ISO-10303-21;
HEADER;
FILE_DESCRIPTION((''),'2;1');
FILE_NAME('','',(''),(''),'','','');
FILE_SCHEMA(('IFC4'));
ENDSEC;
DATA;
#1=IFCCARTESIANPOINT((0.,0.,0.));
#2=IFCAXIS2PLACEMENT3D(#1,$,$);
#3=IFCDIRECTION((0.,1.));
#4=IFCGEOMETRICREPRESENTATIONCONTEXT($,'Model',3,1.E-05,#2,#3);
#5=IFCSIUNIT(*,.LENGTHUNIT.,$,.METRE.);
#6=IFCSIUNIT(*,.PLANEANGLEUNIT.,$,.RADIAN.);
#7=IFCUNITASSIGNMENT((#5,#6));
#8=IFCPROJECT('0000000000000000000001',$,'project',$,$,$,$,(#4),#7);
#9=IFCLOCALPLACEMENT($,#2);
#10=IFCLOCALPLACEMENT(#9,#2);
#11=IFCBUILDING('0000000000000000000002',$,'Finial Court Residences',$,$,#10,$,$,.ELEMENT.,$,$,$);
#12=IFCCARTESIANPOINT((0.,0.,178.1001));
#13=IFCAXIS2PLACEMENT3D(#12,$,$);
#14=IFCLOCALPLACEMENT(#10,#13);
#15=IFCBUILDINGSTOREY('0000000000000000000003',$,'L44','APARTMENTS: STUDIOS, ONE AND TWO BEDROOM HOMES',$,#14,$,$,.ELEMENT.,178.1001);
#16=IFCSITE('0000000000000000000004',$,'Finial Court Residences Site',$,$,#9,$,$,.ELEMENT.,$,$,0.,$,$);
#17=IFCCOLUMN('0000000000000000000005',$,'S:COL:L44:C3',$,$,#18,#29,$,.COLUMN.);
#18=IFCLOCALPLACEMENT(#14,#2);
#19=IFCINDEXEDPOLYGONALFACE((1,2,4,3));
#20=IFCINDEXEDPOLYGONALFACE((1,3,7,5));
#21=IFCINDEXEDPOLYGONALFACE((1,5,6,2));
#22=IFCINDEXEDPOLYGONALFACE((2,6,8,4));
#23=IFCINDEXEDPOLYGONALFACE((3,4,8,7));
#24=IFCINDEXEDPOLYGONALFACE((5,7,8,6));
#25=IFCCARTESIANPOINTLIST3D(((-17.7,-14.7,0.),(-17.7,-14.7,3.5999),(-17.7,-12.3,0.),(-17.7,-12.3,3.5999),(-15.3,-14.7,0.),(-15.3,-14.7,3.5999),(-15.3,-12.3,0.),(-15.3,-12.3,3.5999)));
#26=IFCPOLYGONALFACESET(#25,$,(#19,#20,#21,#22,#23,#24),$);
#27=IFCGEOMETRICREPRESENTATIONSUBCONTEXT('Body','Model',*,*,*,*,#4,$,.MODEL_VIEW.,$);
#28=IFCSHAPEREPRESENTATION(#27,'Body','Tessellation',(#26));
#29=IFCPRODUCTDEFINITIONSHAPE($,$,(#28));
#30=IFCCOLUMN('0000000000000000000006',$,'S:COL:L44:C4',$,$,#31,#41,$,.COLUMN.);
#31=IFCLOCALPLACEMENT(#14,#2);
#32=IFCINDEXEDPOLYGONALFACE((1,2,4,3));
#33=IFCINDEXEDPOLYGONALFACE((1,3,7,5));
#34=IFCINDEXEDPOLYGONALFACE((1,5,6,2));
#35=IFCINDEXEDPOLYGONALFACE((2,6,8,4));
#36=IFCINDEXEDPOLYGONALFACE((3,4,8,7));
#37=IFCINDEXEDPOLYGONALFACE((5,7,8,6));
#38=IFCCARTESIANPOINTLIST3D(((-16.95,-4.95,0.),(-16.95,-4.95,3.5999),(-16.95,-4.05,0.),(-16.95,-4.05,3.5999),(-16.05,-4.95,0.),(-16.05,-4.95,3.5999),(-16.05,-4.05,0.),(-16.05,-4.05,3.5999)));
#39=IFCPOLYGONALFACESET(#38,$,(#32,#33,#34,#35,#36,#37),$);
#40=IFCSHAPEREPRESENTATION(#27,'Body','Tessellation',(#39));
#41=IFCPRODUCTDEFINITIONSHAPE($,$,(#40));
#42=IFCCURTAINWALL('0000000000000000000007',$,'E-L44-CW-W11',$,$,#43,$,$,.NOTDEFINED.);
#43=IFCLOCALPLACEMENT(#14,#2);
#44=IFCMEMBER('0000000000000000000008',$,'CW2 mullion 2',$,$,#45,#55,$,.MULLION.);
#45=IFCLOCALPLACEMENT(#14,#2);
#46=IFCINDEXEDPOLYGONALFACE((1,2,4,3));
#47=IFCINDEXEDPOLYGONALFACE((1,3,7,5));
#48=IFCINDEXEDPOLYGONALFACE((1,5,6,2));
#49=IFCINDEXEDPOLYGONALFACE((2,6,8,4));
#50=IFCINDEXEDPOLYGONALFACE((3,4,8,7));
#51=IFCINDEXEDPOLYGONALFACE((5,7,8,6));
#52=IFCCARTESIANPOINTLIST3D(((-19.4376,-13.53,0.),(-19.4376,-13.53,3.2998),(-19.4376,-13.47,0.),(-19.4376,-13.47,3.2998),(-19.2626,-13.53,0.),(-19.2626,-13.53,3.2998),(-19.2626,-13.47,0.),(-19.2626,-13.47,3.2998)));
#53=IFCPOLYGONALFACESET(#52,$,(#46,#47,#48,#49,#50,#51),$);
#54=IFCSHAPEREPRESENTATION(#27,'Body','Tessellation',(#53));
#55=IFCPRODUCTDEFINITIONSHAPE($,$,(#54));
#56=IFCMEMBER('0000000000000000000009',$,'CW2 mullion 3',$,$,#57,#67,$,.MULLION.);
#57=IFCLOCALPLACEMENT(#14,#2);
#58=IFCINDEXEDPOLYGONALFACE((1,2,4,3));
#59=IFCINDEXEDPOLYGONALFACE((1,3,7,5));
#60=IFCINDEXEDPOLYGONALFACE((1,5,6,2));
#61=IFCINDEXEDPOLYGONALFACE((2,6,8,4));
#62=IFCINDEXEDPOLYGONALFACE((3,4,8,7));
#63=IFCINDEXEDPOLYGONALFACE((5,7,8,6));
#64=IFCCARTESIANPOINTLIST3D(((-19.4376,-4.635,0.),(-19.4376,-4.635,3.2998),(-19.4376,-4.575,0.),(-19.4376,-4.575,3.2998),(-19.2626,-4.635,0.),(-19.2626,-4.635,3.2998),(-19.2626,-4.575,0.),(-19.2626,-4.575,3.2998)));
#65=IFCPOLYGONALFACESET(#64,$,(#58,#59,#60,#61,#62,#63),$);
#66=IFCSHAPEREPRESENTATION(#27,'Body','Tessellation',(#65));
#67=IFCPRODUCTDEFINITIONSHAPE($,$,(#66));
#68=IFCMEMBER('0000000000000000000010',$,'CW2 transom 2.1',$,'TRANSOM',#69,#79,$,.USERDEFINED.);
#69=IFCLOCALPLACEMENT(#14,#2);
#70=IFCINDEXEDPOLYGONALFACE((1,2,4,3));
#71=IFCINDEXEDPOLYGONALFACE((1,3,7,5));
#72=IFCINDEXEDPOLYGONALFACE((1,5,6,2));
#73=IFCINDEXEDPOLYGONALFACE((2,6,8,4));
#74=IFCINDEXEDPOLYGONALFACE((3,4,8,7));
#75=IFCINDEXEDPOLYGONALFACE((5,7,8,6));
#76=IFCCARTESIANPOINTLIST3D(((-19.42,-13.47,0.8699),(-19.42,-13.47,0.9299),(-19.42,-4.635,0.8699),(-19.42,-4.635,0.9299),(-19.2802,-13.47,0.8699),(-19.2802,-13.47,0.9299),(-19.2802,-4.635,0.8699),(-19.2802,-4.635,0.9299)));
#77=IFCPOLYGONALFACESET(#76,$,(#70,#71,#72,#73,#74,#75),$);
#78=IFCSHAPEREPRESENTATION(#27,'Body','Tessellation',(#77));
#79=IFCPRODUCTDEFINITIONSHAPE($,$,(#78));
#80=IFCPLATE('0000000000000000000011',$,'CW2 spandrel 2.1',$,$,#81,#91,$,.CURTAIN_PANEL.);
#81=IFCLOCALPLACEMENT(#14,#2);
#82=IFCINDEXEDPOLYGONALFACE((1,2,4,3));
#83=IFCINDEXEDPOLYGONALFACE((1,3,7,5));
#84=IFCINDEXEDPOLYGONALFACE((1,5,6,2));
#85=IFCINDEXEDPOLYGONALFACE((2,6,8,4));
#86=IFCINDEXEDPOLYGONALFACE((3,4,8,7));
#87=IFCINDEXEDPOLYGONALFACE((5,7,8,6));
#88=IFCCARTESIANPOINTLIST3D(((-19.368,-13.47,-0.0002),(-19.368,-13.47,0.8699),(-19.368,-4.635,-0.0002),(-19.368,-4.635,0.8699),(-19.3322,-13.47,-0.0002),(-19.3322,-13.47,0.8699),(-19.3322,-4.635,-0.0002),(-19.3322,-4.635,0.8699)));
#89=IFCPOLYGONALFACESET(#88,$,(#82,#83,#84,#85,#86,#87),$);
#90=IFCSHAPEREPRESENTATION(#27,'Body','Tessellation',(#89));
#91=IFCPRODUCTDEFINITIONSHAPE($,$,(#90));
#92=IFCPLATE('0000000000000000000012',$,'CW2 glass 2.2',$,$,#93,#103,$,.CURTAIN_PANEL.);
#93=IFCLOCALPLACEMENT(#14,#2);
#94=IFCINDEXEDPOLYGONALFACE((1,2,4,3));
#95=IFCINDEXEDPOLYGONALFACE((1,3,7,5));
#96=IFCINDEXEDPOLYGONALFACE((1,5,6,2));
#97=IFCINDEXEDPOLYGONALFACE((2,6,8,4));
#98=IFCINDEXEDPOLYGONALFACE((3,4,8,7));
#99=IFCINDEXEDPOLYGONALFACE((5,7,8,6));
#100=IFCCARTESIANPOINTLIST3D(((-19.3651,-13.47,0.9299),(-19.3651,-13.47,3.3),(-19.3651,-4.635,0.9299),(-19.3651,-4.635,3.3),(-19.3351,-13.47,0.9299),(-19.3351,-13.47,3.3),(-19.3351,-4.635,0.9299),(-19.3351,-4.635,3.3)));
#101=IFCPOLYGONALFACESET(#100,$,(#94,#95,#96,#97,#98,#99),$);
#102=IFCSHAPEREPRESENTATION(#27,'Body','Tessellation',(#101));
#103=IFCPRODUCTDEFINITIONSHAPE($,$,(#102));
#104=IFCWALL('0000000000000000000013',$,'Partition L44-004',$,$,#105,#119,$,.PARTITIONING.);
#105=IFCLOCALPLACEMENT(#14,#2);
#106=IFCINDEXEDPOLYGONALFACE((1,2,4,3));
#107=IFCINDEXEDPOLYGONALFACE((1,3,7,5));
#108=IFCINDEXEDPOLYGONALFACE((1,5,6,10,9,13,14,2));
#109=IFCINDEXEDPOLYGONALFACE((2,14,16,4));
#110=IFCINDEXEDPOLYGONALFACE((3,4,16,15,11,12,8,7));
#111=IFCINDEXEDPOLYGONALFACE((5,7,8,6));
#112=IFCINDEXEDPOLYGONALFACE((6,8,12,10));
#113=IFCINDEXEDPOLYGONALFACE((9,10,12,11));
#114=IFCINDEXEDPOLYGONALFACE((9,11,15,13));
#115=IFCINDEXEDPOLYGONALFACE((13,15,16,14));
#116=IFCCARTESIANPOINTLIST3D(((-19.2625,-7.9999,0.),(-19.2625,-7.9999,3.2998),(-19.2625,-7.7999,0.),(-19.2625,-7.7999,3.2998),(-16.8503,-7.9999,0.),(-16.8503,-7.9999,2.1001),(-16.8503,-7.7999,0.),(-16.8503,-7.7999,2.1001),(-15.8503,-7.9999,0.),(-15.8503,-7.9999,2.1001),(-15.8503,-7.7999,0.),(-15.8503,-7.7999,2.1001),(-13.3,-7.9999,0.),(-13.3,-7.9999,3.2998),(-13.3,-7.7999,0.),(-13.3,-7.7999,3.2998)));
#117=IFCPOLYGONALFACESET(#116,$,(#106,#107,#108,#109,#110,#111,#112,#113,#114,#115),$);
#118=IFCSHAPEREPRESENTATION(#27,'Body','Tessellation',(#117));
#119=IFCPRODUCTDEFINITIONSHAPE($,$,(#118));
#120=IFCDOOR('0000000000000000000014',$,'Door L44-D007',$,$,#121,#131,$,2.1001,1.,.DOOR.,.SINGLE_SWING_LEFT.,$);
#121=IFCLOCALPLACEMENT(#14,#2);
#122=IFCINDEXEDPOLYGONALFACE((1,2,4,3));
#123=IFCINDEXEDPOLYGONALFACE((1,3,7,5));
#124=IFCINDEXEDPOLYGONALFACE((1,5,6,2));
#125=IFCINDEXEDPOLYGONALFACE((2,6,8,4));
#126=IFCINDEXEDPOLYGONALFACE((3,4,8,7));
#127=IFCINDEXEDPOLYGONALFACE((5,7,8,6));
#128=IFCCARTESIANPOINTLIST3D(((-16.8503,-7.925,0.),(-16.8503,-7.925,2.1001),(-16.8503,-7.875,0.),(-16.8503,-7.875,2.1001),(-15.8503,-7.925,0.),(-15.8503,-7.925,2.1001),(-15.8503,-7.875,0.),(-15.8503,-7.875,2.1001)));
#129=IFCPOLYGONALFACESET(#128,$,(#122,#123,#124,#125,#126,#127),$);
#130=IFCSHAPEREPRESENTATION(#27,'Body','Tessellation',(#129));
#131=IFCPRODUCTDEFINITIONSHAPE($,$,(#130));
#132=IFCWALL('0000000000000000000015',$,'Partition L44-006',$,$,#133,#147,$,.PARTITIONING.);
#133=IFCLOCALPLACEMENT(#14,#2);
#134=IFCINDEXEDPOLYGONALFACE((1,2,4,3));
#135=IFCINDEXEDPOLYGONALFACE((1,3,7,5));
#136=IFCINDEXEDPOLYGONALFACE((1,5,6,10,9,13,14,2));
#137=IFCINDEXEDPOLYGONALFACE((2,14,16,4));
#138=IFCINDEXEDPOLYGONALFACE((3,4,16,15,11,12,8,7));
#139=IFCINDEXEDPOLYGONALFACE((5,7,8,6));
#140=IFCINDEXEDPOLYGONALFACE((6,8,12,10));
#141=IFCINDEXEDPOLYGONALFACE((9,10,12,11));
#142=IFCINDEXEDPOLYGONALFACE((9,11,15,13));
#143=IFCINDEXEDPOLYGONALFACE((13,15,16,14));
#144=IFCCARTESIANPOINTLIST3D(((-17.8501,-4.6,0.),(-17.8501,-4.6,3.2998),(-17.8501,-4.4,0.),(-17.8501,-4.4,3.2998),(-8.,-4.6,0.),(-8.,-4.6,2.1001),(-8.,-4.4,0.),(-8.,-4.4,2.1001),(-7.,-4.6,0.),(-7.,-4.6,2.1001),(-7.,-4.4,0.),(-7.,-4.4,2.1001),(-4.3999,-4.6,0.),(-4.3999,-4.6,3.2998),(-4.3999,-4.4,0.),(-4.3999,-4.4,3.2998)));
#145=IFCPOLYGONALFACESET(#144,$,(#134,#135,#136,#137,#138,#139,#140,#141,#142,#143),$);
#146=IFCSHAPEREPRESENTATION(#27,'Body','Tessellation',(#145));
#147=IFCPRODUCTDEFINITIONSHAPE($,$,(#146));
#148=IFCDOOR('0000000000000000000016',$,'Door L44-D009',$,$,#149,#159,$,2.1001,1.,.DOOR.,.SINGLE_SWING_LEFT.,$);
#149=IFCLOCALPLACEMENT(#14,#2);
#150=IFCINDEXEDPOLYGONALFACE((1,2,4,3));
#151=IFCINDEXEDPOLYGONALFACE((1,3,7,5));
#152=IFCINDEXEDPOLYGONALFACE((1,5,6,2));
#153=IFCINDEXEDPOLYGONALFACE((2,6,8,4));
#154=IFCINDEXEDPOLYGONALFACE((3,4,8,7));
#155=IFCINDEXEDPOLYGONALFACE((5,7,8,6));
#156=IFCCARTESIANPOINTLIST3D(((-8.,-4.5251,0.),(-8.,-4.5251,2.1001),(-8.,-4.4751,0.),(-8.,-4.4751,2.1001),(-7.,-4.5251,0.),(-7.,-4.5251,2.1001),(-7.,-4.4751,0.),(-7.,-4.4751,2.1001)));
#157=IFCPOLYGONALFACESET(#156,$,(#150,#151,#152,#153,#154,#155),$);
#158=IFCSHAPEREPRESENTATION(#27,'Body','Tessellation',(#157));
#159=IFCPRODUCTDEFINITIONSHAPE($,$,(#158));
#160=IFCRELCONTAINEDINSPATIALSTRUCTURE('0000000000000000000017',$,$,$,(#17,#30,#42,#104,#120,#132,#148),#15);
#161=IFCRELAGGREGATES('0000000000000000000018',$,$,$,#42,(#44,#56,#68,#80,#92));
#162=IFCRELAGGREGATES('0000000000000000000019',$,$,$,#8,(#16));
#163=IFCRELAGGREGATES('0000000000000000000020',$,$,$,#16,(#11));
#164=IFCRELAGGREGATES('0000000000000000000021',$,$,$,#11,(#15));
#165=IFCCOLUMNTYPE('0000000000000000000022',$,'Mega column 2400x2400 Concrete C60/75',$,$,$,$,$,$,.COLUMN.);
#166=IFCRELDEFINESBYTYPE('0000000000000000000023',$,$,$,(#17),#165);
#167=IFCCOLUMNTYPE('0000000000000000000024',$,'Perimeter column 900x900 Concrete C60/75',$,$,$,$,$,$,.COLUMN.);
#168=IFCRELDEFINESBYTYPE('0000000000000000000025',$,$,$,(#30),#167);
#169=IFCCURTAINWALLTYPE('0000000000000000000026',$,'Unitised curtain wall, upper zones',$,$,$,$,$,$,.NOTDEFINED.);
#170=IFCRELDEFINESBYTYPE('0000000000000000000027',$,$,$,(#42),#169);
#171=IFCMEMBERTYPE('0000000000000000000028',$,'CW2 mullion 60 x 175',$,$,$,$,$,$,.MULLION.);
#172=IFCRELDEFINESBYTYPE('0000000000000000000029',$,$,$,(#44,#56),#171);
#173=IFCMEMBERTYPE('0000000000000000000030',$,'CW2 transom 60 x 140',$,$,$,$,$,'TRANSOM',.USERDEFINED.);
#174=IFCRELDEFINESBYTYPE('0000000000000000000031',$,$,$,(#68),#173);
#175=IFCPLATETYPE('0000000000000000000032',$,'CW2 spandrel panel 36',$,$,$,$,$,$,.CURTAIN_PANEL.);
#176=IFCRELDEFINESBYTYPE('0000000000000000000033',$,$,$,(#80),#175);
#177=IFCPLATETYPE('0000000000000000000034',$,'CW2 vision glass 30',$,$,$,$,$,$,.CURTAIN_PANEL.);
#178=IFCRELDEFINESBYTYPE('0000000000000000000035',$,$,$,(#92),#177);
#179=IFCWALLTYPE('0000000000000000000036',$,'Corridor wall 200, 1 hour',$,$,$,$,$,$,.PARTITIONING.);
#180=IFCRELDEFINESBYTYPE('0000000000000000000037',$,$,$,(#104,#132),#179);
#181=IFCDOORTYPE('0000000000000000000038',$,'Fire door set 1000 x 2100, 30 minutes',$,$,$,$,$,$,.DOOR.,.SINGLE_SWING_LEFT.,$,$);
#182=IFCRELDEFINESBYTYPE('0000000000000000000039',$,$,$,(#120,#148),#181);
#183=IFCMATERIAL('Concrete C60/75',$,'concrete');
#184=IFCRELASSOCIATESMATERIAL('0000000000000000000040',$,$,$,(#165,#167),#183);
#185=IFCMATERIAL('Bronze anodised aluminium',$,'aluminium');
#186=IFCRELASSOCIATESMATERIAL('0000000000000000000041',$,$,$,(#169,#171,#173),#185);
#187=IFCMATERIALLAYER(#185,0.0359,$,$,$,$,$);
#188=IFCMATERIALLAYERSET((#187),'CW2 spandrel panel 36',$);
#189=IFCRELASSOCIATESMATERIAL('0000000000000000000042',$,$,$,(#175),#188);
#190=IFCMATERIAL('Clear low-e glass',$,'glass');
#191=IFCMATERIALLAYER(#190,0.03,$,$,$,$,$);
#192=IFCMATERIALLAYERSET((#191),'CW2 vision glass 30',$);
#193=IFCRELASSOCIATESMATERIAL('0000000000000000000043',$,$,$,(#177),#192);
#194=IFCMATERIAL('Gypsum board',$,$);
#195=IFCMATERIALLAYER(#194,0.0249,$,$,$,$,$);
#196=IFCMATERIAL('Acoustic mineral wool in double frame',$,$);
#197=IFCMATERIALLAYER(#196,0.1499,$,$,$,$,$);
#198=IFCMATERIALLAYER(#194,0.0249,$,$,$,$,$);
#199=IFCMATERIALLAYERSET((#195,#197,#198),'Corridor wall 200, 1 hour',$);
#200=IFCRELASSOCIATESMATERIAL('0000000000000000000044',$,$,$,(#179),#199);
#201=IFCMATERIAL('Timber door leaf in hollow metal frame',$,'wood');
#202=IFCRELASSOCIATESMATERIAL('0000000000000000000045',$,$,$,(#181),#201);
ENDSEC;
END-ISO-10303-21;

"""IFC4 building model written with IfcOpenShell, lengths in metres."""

from ifc_helpers import new_model, si_unit, direction, frame, frame_2d, origin, origin_2d, place, context, subcontext, project, spatial, rectangle, extrude, material, layer, layer_set, material_profile, profile_set, type_object, element, fill, aggregate, save


model = new_model("IFC4")

# Units and contexts
model_context = context("Model", 3, precision=1e-05, world=origin(), true_north=direction((0.0, 1.0)))
body_context = subcontext(model_context, "Body", "Model", "MODEL_VIEW")
ifc_project = project(units=[si_unit("LENGTHUNIT", "METRE"), si_unit("PLANEANGLEUNIT", "RADIAN")], contexts=[model_context])

# Site, building, storey
site_placement = place(None, origin())
site = spatial("IfcSite", under=ifc_project, at=site_placement, Name="Finial Court Residences Site", CompositionType="ELEMENT", RefElevation=0.0)
building_placement = place(site_placement, origin())
building = spatial("IfcBuilding", under=site, at=building_placement, Name="Finial Court Residences", CompositionType="ELEMENT")
storey_placement = place(building_placement, frame((0.0, 0.0, 178.1001)))
storey = spatial("IfcBuildingStorey", under=building, at=storey_placement, Name="L44", Description="APARTMENTS: STUDIOS, ONE AND TWO BEDROOM HOMES", CompositionType="ELEMENT", Elevation=178.1001)

# Columns
ifc_material_1 = material(Name="Concrete C60/75", Category="concrete")
ifc_material_profile_1 = material_profile(ifc_material_1, rectangle(XDim=2.3999, YDim=2.3999, at=origin_2d()), Name="2400x2400")
ifc_profile_set_1 = profile_set([ifc_material_profile_1], Name="Concrete C60/75")
column_type_1 = type_object("IfcColumnType", Name="Mega column 2400x2400 Concrete C60/75", PredefinedType="COLUMN", material=ifc_profile_set_1)
column_1_placement = place(storey_placement, frame((-16.5, -13.5, 0.0), z_axis=(0.0, 0.0, 1.0), x_axis=(1.0, 0.0, 0.0)))
element("IfcColumn", 1, at=column_1_placement, inside=storey, type_object=column_type_1, Name="S:COL:L44:C3", PredefinedType="COLUMN", context=body_context, shape_type="SweptSolid", body=[
    extrude(rectangle(XDim=2.3999, YDim=2.3999, at=origin_2d()), origin(), (0.0, 0.0, 1.0), 3.5999),
])
ifc_material_profile_2 = material_profile(ifc_material_1, rectangle(XDim=0.8999, YDim=0.8999, at=origin_2d()), Name="900x900")
ifc_profile_set_2 = profile_set([ifc_material_profile_2], Name="Concrete C60/75")
column_type_2 = type_object("IfcColumnType", Name="Perimeter column 900x900 Concrete C60/75", PredefinedType="COLUMN", material=ifc_profile_set_2)
column_2_placement = place(storey_placement, frame((-16.5, -4.5, 0.0), z_axis=(0.0, 0.0, 1.0), x_axis=(1.0, 0.0, 0.0)))
element("IfcColumn", 2, at=column_2_placement, inside=storey, type_object=column_type_2, Name="S:COL:L44:C4", PredefinedType="COLUMN", context=body_context, shape_type="SweptSolid", body=[
    extrude(rectangle(XDim=0.8999, YDim=0.8999, at=origin_2d()), origin(), (0.0, 0.0, 1.0), 3.5999),
])

# Curtain wall, members, plates
ifc_material_2 = material(Name="Bronze anodised aluminium", Category="aluminium")
curtain_wall_type = type_object("IfcCurtainWallType", Name="Unitised curtain wall, upper zones", PredefinedType="NOTDEFINED", material=ifc_material_2)
curtain_wall_placement = place(storey_placement, origin())
curtain_wall = element("IfcCurtainWall", 3, at=curtain_wall_placement, inside=storey, type_object=curtain_wall_type, Name="E-L44-CW-W11", PredefinedType="NOTDEFINED")
ifc_material_profile_3 = material_profile(ifc_material_2, rectangle(XDim=0.175, YDim=0.0601, at=origin_2d()), Name="CW2 mullion 60 x 175")
ifc_profile_set_3 = profile_set([ifc_material_profile_3], Name="Bronze anodised aluminium")
member_type_1 = type_object("IfcMemberType", Name="CW2 mullion 60 x 175", PredefinedType="MULLION", material=ifc_profile_set_3)
member_1_placement = place(storey_placement, frame((-19.3501, -13.5, 0.0), z_axis=(0.0, 0.0, 1.0), x_axis=(-1.0, 0.0, 0.0)))
member_1 = element("IfcMember", 4, at=member_1_placement, type_object=member_type_1, Name="CW2 mullion 2", PredefinedType="MULLION", context=body_context, shape_type="SweptSolid", body=[
    extrude(rectangle(XDim=0.175, YDim=0.0601, at=origin_2d()), origin(), (0.0, 0.0, 1.0), 3.2998),
])
member_2_placement = place(storey_placement, frame((-19.3501, -4.605, 0.0), z_axis=(0.0, 0.0, 1.0), x_axis=(-1.0, 0.0, 0.0)))
member_2 = element("IfcMember", 5, at=member_2_placement, type_object=member_type_1, Name="CW2 mullion 3", PredefinedType="MULLION", context=body_context, shape_type="SweptSolid", body=[
    extrude(rectangle(XDim=0.175, YDim=0.0601, at=origin_2d()), origin(), (0.0, 0.0, 1.0), 3.2998),
])
ifc_material_profile_4 = material_profile(ifc_material_2, rectangle(XDim=0.1399, YDim=0.0601, at=origin_2d()), Name="CW2 transom 60 x 140")
ifc_profile_set_4 = profile_set([ifc_material_profile_4], Name="Bronze anodised aluminium")
member_type_2 = type_object("IfcMemberType", Name="CW2 transom 60 x 140", ElementType="TRANSOM", PredefinedType="USERDEFINED", material=ifc_profile_set_4)
member_3_placement = place(storey_placement, frame((-19.3501, -13.47, 0.8999), z_axis=(0.0, 1.0, 0.0), x_axis=(-1.0, 0.0, 0.0)))
member_3 = element("IfcMember", 6, at=member_3_placement, type_object=member_type_2, Name="CW2 transom 2.1", ObjectType="TRANSOM", PredefinedType="USERDEFINED", context=body_context, shape_type="SweptSolid", body=[
    extrude(rectangle(XDim=0.1399, YDim=0.0601, at=origin_2d()), origin(), (0.0, 0.0, 1.0), 8.835),
])
ifc_layer_1 = layer(ifc_material_2, 0.0359)
ifc_layer_set_1 = layer_set([ifc_layer_1], Name="CW2 spandrel panel 36")
plate_type_1 = type_object("IfcPlateType", Name="CW2 spandrel panel 36", PredefinedType="CURTAIN_PANEL", material=ifc_layer_set_1)
plate_1_placement = place(storey_placement, frame((-19.3501, -9.0525, -0.0002), z_axis=(0.0, 0.0, 1.0), x_axis=(0.0, 1.0, 0.0)))
plate_1 = element("IfcPlate", 7, at=plate_1_placement, type_object=plate_type_1, Name="CW2 spandrel 2.1", PredefinedType="CURTAIN_PANEL", context=body_context, shape_type="SweptSolid", body=[
    extrude(rectangle(XDim=8.835, YDim=0.0359, at=origin_2d()), origin(), (0.0, 0.0, 1.0), 0.8701),
])
ifc_material_3 = material(Name="Clear low-e glass", Category="glass")
ifc_layer_2 = layer(ifc_material_3, 0.03)
ifc_layer_set_2 = layer_set([ifc_layer_2], Name="CW2 vision glass 30")
plate_type_2 = type_object("IfcPlateType", Name="CW2 vision glass 30", PredefinedType="CURTAIN_PANEL", material=ifc_layer_set_2)
plate_2_placement = place(storey_placement, frame((-19.3501, -9.0525, 0.9299), z_axis=(0.0, 0.0, 1.0), x_axis=(0.0, 1.0, 0.0)))
plate_2 = element("IfcPlate", 8, at=plate_2_placement, type_object=plate_type_2, Name="CW2 glass 2.2", PredefinedType="CURTAIN_PANEL", context=body_context, shape_type="SweptSolid", body=[
    extrude(rectangle(XDim=8.835, YDim=0.03, at=origin_2d()), origin(), (0.0, 0.0, 1.0), 2.3701),
])
aggregate(curtain_wall, [member_1, member_2, member_3, plate_1, plate_2])

# Walls, openings, doors
ifc_material_4 = material(Name="Gypsum board")
ifc_layer_3 = layer(ifc_material_4, 0.0249)
ifc_material_5 = material(Name="Acoustic mineral wool in double frame")
ifc_layer_4 = layer(ifc_material_5, 0.1499)
ifc_layer_5 = layer(ifc_material_4, 0.0249)
ifc_layer_set_3 = layer_set([ifc_layer_3, ifc_layer_4, ifc_layer_5], Name="Corridor wall 200, 1 hour")
wall_type_1 = type_object("IfcWallType", Name="Corridor wall 200, 1 hour", PredefinedType="PARTITIONING", material=ifc_layer_set_3)
wall_1_placement = place(storey_placement, frame((-19.2625, -7.8999, 0.0), z_axis=(0.0, 0.0, 1.0), x_axis=(1.0, 0.0, 0.0)))
wall_1 = element("IfcWall", 9, at=wall_1_placement, inside=storey, type_object=wall_type_1, Name="Partition L44-004", PredefinedType="PARTITIONING", context=body_context, shape_type="SweptSolid", body=[
    extrude(rectangle(XDim=5.9624, YDim=0.2, at=frame_2d((2.9812, 0.0))), origin(), (0.0, 0.0, 1.0), 3.2998),
])
opening_1_placement = place(wall_1_placement, frame((2.4121, 0.0, 0.0)))
opening_1 = element("IfcOpeningElement", 10, at=opening_1_placement, cuts=wall_1, PredefinedType="OPENING", context=body_context, shape_type="SweptSolid", body=[
    extrude(rectangle(XDim=1.0, YDim=2.1001, at=frame_2d((0.5, 1.05))), frame((0.0, 0.1099, 0.0), z_axis=(0.0, -1.0, 0.0), x_axis=(1.0, 0.0, 0.0)), (0.0, 0.0, 1.0), 0.22),
])
ifc_material_6 = material(Name="Timber door leaf in hollow metal frame", Category="wood")
door_type_1 = type_object("IfcDoorType", Name="Fire door set 1000 x 2100, 30 minutes", OperationType="SINGLE_SWING_LEFT", PredefinedType="DOOR", material=ifc_material_6)
door_1_placement = place(opening_1_placement, origin())
door_1 = element("IfcDoor", 11, at=door_1_placement, inside=storey, type_object=door_type_1, Name="Door L44-D007", OperationType="SINGLE_SWING_LEFT", OverallHeight=2.1001, OverallWidth=1.0, PredefinedType="DOOR", context=body_context, shape_type="SweptSolid", body=[
    extrude(rectangle(XDim=1.0, YDim=2.1001, at=frame_2d((0.5, 1.05))), frame((0.0, 0.0249, 0.0), z_axis=(0.0, -1.0, 0.0), x_axis=(1.0, 0.0, 0.0)), (0.0, 0.0, 1.0), 0.05),
])
fill(opening_1, door_1)
wall_2_placement = place(storey_placement, frame((-17.8501, -4.5, 0.0), z_axis=(0.0, 0.0, 1.0), x_axis=(1.0, 0.0, 0.0)))
wall_2 = element("IfcWall", 12, at=wall_2_placement, inside=storey, type_object=wall_type_1, Name="Partition L44-006", PredefinedType="PARTITIONING", context=body_context, shape_type="SweptSolid", body=[
    extrude(rectangle(XDim=13.4502, YDim=0.2, at=frame_2d((6.7251, 0.0))), origin(), (0.0, 0.0, 1.0), 3.2998),
])
opening_2_placement = place(wall_2_placement, frame((9.8501, 0.0, 0.0)))
opening_2 = element("IfcOpeningElement", 13, at=opening_2_placement, cuts=wall_2, PredefinedType="OPENING", context=body_context, shape_type="SweptSolid", body=[
    extrude(rectangle(XDim=1.0, YDim=2.1001, at=frame_2d((0.5, 1.05))), frame((0.0, 0.1099, 0.0), z_axis=(0.0, -1.0, 0.0), x_axis=(1.0, 0.0, 0.0)), (0.0, 0.0, 1.0), 0.22),
])
door_2_placement = place(opening_2_placement, origin())
door_2 = element("IfcDoor", 14, at=door_2_placement, inside=storey, type_object=door_type_1, Name="Door L44-D009", OperationType="SINGLE_SWING_LEFT", OverallHeight=2.1001, OverallWidth=1.0, PredefinedType="DOOR", context=body_context, shape_type="SweptSolid", body=[
    extrude(rectangle(XDim=1.0, YDim=2.1001, at=frame_2d((0.5, 1.05))), frame((0.0, 0.0249, 0.0), z_axis=(0.0, -1.0, 0.0), x_axis=(1.0, 0.0, 0.0)), (0.0, 0.0, 1.0), 0.05),
])
fill(opening_2, door_2)

save(model, "model.ifc")
